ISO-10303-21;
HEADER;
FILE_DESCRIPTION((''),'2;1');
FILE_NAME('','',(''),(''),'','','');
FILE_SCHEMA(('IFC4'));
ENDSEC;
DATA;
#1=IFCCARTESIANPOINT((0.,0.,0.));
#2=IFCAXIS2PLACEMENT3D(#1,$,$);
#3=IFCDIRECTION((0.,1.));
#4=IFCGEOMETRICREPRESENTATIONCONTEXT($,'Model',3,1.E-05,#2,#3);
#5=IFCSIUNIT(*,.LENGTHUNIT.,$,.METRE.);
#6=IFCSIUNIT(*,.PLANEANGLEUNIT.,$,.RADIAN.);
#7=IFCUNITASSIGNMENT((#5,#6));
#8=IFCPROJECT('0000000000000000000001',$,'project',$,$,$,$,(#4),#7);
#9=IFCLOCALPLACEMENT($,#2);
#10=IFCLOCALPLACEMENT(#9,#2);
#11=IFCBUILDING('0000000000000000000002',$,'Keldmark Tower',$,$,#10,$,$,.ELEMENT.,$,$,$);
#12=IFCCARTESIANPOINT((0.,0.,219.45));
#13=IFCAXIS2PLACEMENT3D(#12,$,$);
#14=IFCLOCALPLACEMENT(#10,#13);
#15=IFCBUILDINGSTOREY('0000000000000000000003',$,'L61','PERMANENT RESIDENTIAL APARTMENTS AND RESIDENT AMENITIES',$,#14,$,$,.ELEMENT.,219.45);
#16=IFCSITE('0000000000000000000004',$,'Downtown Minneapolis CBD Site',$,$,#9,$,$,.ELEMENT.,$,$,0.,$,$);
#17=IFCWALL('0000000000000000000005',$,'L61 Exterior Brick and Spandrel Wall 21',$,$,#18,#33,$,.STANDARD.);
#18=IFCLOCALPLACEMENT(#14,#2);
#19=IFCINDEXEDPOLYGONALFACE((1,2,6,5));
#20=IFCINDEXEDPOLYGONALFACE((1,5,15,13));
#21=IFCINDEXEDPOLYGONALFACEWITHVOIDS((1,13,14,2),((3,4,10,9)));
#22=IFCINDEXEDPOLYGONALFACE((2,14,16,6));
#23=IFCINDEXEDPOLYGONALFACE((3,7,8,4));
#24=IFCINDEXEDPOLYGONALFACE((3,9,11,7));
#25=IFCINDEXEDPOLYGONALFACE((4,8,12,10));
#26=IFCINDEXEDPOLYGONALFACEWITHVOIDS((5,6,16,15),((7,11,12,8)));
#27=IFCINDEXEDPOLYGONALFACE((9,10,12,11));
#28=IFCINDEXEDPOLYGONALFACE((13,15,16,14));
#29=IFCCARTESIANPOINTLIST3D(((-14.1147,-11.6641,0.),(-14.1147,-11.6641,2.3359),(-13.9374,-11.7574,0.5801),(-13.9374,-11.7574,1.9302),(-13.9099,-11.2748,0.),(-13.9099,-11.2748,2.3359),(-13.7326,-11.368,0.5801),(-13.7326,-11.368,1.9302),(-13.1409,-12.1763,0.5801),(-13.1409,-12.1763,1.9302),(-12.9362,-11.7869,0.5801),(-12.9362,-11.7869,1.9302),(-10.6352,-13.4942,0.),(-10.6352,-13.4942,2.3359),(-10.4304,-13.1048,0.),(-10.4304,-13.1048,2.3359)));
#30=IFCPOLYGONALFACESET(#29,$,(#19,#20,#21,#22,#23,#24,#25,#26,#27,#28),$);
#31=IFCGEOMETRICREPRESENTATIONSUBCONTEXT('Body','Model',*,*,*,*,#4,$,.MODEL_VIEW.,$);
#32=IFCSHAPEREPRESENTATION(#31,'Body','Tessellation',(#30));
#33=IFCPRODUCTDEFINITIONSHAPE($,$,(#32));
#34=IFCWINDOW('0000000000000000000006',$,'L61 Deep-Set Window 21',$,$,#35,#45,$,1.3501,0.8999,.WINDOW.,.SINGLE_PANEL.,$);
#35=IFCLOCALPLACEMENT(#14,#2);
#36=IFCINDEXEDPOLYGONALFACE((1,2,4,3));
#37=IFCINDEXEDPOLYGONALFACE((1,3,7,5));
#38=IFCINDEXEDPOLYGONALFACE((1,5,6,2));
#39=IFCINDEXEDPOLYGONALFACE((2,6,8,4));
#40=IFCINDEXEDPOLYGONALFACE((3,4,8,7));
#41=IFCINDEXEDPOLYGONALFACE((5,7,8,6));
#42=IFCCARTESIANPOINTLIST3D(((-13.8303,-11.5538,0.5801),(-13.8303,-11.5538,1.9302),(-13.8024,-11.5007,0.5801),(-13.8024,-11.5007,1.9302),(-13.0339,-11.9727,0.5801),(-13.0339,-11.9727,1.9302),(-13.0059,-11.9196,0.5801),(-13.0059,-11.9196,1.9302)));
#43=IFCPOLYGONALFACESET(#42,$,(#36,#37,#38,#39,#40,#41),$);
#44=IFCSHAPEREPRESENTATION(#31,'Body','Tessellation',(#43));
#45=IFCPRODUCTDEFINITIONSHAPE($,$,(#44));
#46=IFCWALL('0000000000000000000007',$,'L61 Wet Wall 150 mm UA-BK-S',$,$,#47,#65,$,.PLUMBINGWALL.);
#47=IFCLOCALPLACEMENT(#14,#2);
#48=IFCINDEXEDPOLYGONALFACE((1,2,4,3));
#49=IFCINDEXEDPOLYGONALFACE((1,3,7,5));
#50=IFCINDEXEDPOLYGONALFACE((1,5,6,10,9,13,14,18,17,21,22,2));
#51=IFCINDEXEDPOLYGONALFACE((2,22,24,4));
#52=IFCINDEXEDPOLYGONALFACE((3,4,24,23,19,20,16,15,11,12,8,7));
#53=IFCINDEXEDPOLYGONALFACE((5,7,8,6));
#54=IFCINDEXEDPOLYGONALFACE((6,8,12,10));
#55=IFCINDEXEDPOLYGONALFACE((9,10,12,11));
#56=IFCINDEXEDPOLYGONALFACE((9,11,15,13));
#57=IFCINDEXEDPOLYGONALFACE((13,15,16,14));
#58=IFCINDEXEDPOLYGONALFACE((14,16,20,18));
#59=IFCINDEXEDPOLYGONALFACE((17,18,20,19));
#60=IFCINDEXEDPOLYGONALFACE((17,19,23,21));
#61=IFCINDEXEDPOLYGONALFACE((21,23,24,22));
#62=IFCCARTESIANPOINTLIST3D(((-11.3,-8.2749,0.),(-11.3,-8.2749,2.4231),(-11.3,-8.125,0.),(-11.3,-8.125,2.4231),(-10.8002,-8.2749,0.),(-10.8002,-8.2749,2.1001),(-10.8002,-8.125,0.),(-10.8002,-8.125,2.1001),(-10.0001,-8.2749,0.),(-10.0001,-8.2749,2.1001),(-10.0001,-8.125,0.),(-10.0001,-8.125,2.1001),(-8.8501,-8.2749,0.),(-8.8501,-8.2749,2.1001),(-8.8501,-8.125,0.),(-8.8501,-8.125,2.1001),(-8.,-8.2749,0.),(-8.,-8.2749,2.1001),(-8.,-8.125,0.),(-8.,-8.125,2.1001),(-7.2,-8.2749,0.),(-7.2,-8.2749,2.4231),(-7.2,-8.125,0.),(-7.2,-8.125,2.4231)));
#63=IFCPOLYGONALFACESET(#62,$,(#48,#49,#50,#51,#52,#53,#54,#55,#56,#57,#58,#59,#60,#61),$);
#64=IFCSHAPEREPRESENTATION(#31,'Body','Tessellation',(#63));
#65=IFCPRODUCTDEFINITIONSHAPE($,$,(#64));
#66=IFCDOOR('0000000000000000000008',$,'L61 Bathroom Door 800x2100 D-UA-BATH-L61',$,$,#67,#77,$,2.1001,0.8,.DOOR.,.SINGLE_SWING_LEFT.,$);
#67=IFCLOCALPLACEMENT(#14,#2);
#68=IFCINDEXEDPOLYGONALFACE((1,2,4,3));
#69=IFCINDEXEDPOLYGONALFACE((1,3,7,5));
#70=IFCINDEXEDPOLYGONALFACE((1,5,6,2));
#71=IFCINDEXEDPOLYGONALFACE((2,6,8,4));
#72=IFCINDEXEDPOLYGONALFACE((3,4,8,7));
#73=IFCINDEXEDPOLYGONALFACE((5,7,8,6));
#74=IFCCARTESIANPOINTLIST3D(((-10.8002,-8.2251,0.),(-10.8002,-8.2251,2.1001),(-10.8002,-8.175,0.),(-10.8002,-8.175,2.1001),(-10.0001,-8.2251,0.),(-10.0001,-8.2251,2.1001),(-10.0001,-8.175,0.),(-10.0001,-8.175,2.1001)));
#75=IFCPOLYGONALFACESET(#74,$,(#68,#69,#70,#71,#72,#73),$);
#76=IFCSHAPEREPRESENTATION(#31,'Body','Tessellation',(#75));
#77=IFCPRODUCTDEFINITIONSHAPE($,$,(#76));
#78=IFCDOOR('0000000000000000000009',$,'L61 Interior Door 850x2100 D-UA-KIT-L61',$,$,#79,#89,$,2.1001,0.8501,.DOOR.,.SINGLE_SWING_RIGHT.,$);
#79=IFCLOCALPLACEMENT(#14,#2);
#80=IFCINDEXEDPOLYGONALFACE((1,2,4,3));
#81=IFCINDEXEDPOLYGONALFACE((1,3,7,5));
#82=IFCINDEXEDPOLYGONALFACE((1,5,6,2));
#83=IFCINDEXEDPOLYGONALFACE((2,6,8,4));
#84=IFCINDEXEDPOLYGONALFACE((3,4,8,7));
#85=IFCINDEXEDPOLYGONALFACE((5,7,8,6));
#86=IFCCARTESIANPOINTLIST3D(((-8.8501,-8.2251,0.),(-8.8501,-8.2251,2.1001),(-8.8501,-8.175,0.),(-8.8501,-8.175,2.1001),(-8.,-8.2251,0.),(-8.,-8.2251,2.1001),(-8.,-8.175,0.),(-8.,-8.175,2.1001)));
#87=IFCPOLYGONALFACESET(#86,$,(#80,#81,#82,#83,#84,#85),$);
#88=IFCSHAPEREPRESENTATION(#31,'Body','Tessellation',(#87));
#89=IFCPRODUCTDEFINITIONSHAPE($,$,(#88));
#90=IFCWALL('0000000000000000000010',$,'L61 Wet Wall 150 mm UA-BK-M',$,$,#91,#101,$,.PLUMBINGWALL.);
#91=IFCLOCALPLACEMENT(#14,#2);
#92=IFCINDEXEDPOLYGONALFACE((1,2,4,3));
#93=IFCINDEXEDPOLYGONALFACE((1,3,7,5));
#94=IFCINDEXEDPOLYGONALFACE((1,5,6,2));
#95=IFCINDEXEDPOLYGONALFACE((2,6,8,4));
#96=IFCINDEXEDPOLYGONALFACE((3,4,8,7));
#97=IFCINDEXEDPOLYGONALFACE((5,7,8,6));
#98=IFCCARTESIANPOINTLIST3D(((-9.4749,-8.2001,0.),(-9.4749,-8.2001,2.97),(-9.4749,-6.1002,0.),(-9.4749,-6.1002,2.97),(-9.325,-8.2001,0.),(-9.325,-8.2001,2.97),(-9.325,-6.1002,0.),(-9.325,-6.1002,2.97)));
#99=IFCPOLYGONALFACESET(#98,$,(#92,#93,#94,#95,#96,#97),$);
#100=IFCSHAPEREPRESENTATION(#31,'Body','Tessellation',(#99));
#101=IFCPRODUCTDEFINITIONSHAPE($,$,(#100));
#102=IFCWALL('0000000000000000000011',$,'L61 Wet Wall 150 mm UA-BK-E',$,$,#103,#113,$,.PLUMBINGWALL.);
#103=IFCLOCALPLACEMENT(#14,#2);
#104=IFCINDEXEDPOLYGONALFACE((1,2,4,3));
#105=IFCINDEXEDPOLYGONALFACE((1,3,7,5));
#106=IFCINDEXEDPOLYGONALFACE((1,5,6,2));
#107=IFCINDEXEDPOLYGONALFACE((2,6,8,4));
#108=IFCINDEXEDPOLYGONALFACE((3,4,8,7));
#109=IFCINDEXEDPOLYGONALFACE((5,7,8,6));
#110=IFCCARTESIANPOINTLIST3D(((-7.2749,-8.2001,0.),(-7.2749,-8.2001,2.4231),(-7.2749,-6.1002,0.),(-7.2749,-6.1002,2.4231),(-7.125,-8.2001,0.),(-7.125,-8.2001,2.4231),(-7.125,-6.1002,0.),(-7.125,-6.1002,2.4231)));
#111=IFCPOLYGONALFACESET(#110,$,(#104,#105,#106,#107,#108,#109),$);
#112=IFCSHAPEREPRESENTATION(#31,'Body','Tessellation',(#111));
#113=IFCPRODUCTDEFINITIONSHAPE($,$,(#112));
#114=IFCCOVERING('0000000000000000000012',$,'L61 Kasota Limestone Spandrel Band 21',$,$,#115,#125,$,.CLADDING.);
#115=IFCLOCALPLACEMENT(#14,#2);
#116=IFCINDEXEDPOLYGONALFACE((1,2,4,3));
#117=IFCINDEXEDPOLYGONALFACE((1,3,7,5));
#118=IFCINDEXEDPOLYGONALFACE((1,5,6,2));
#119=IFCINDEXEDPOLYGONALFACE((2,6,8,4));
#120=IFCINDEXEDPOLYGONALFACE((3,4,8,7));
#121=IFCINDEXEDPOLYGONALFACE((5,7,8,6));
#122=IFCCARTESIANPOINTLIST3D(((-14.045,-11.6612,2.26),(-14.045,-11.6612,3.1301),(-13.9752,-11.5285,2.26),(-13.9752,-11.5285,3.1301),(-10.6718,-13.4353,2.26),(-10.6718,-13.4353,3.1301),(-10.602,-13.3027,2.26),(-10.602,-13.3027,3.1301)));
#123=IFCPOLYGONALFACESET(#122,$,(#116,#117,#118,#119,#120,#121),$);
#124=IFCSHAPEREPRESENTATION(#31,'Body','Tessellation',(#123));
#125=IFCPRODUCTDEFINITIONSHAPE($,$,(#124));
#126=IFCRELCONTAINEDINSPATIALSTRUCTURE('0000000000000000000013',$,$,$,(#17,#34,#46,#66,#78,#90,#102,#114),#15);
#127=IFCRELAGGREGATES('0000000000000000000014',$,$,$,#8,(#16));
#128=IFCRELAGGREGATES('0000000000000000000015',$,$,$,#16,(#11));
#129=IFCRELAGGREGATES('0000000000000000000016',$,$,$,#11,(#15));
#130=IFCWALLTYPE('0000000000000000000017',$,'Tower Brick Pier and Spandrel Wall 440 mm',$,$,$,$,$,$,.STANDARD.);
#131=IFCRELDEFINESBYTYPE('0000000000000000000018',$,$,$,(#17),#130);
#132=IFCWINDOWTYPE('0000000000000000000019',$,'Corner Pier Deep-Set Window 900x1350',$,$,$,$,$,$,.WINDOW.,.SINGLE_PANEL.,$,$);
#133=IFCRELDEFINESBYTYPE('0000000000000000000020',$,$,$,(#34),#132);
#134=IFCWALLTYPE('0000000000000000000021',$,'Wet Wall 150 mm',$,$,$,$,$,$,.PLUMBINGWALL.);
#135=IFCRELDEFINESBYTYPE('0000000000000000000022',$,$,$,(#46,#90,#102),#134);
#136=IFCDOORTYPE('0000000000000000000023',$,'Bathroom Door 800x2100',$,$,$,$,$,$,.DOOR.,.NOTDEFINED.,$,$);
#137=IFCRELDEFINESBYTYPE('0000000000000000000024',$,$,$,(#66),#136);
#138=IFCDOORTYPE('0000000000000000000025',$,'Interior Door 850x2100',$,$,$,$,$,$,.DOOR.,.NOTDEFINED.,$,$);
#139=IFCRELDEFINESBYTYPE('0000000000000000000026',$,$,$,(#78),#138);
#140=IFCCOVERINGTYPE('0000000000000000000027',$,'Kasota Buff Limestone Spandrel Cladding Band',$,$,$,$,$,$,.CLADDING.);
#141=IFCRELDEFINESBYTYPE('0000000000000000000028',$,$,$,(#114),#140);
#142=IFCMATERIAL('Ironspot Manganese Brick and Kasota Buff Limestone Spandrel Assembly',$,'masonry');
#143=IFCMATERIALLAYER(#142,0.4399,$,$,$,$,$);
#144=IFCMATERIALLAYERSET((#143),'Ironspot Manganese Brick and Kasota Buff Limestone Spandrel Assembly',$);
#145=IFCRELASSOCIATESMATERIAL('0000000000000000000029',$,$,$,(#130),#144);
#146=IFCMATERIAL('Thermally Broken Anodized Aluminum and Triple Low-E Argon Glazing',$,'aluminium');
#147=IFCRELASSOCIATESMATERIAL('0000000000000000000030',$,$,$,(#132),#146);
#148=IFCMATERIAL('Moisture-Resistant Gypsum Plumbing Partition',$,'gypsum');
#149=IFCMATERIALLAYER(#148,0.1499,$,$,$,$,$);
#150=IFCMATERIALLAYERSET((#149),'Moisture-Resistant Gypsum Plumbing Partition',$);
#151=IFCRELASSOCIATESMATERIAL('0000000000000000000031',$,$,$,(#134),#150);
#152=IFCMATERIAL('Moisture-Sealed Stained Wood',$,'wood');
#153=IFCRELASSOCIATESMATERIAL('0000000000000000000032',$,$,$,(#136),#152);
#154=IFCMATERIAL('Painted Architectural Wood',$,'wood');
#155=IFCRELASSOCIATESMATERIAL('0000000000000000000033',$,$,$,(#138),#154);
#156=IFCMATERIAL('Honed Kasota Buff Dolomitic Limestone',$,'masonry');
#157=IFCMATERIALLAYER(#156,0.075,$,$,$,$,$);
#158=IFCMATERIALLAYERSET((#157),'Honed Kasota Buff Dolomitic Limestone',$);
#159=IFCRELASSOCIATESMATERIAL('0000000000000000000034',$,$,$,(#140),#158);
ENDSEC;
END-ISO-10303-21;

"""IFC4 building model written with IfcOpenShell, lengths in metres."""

from ifc_helpers import new_model, si_unit, direction, frame, frame_2d, origin, origin_2d, place, context, subcontext, project, spatial, rectangle, extrude, material, layer, layer_set, type_object, element, fill, save


model = new_model("IFC4")

# Units and contexts
model_context = context("Model", 3, precision=1e-05, world=origin(), true_north=direction((0.0, 1.0)))
body_context = subcontext(model_context, "Body", "Model", "MODEL_VIEW")
ifc_project = project(units=[si_unit("LENGTHUNIT", "METRE"), si_unit("PLANEANGLEUNIT", "RADIAN")], contexts=[model_context])

# Site, building, storey
site_placement = place(None, origin())
site = spatial("IfcSite", under=ifc_project, at=site_placement, Name="Downtown Minneapolis CBD Site", CompositionType="ELEMENT", RefElevation=0.0)
building_placement = place(site_placement, origin())
building = spatial("IfcBuilding", under=site, at=building_placement, Name="Keldmark Tower", CompositionType="ELEMENT")
storey_placement = place(building_placement, frame((0.0, 0.0, 219.45)))
storey = spatial("IfcBuildingStorey", under=building, at=storey_placement, Name="L61", Description="PERMANENT RESIDENTIAL APARTMENTS AND RESIDENT AMENITIES", CompositionType="ELEMENT", Elevation=219.45)

# Wall, opening, window
ifc_material_1 = material(Name="Ironspot Manganese Brick and Kasota Buff Limestone Spandrel Assembly", Category="masonry")
ifc_layer_1 = layer(ifc_material_1, 0.4399)
ifc_layer_set_1 = layer_set([ifc_layer_1], Name="Ironspot Manganese Brick and Kasota Buff Limestone Spandrel Assembly")
wall_type_1 = type_object("IfcWallType", Name="Tower Brick Pier and Spandrel Wall 440 mm", PredefinedType="STANDARD", material=ifc_layer_set_1)
wall_1_placement = place(storey_placement, frame((-10.5327, -13.2996, 0.0), z_axis=(0.0, 0.0, 1.0), x_axis=(-0.885048, 0.465501, 0.0)))
wall_1 = element("IfcWall", 1, at=wall_1_placement, inside=storey, type_object=wall_type_1, Name="L61 Exterior Brick and Spandrel Wall 21", PredefinedType="STANDARD", context=body_context, shape_type="SweptSolid", body=[
    extrude(rectangle(XDim=3.9314, YDim=0.4399, at=frame_2d((1.9658, 0.0))), origin(), (0.0, 0.0, 1.0), 2.3359),
])
opening_1_placement = place(wall_1_placement, frame((2.8313, 0.0, 0.5801)))
opening_1 = element("IfcOpeningElement", 2, at=opening_1_placement, cuts=wall_1, PredefinedType="OPENING", context=body_context, shape_type="SweptSolid", body=[
    extrude(rectangle(XDim=0.8999, YDim=1.3501, at=frame_2d((0.45, 0.675))), frame((0.0, 0.23, 0.0), z_axis=(0.0, -1.0, 0.0), x_axis=(1.0, 0.0, 0.0)), (0.0, 0.0, 1.0), 0.46),
])
ifc_material_2 = material(Name="Thermally Broken Anodized Aluminum and Triple Low-E Argon Glazing", Category="aluminium")
window_type = type_object("IfcWindowType", Name="Corner Pier Deep-Set Window 900x1350", PartitioningType="SINGLE_PANEL", PredefinedType="WINDOW", material=ifc_material_2)
window_placement = place(opening_1_placement, origin())
window = element("IfcWindow", 3, at=window_placement, inside=storey, type_object=window_type, Name="L61 Deep-Set Window 21", OverallHeight=1.3501, OverallWidth=0.8999, PartitioningType="SINGLE_PANEL", PredefinedType="WINDOW", context=body_context, shape_type="SweptSolid", body=[
    extrude(rectangle(XDim=0.8999, YDim=1.3501, at=frame_2d((0.45, 0.675))), frame((0.0, -0.01, 0.0), z_axis=(0.0, -1.0, 0.0), x_axis=(1.0, 0.0, 0.0)), (0.0, 0.0, 1.0), 0.0601),
])
fill(opening_1, window)

# Wall, openings, doors
ifc_material_3 = material(Name="Moisture-Resistant Gypsum Plumbing Partition", Category="gypsum")
ifc_layer_2 = layer(ifc_material_3, 0.1499)
ifc_layer_set_2 = layer_set([ifc_layer_2], Name="Moisture-Resistant Gypsum Plumbing Partition")
wall_type_2 = type_object("IfcWallType", Name="Wet Wall 150 mm", PredefinedType="PLUMBINGWALL", material=ifc_layer_set_2)
wall_2_placement = place(storey_placement, frame((-11.3, -8.2, 0.0), z_axis=(0.0, 0.0, 1.0), x_axis=(1.0, 0.0, 0.0)))
wall_2 = element("IfcWall", 4, at=wall_2_placement, inside=storey, type_object=wall_type_2, Name="L61 Wet Wall 150 mm UA-BK-S", PredefinedType="PLUMBINGWALL", context=body_context, shape_type="SweptSolid", body=[
    extrude(rectangle(XDim=4.1001, YDim=0.1499, at=frame_2d((2.05, 0.0))), origin(), (0.0, 0.0, 1.0), 2.4231),
])
opening_2_placement = place(wall_2_placement, frame((0.5, 0.0, 0.0)))
opening_2 = element("IfcOpeningElement", 5, at=opening_2_placement, cuts=wall_2, PredefinedType="OPENING", context=body_context, shape_type="SweptSolid", body=[
    extrude(rectangle(XDim=0.8, YDim=2.1001, at=frame_2d((0.3999, 1.05))), frame((0.0, 0.085, 0.0), z_axis=(0.0, -1.0, 0.0), x_axis=(1.0, 0.0, 0.0)), (0.0, 0.0, 1.0), 0.1699),
])
opening_3_placement = place(wall_2_placement, frame((2.45, 0.0, 0.0)))
opening_3 = element("IfcOpeningElement", 6, at=opening_3_placement, cuts=wall_2, PredefinedType="OPENING", context=body_context, shape_type="SweptSolid", body=[
    extrude(rectangle(XDim=0.8501, YDim=2.1001, at=frame_2d((0.425, 1.05))), frame((0.0, 0.085, 0.0), z_axis=(0.0, -1.0, 0.0), x_axis=(1.0, 0.0, 0.0)), (0.0, 0.0, 1.0), 0.1699),
])
ifc_material_4 = material(Name="Moisture-Sealed Stained Wood", Category="wood")
door_type_1 = type_object("IfcDoorType", Name="Bathroom Door 800x2100", OperationType="NOTDEFINED", PredefinedType="DOOR", material=ifc_material_4)
door_1_placement = place(opening_2_placement, origin())
door_1 = element("IfcDoor", 7, at=door_1_placement, inside=storey, type_object=door_type_1, Name="L61 Bathroom Door 800x2100 D-UA-BATH-L61", OperationType="SINGLE_SWING_LEFT", OverallHeight=2.1001, OverallWidth=0.8, PredefinedType="DOOR", context=body_context, shape_type="SweptSolid", body=[
    extrude(rectangle(XDim=0.8, YDim=2.1001, at=frame_2d((0.3999, 1.05))), frame((0.0, 0.0249, 0.0), z_axis=(0.0, -1.0, 0.0), x_axis=(1.0, 0.0, 0.0)), (0.0, 0.0, 1.0), 0.05),
])
fill(opening_2, door_1)
ifc_material_5 = material(Name="Painted Architectural Wood", Category="wood")
door_type_2 = type_object("IfcDoorType", Name="Interior Door 850x2100", OperationType="NOTDEFINED", PredefinedType="DOOR", material=ifc_material_5)
door_2_placement = place(opening_3_placement, origin())
door_2 = element("IfcDoor", 8, at=door_2_placement, inside=storey, type_object=door_type_2, Name="L61 Interior Door 850x2100 D-UA-KIT-L61", OperationType="SINGLE_SWING_RIGHT", OverallHeight=2.1001, OverallWidth=0.8501, PredefinedType="DOOR", context=body_context, shape_type="SweptSolid", body=[
    extrude(rectangle(XDim=0.8501, YDim=2.1001, at=frame_2d((0.425, 1.05))), frame((0.0, 0.0249, 0.0), z_axis=(0.0, -1.0, 0.0), x_axis=(1.0, 0.0, 0.0)), (0.0, 0.0, 1.0), 0.05),
])
fill(opening_3, door_2)

# Walls
wall_3_placement = place(storey_placement, frame((-9.3999, -8.2, 0.0), z_axis=(0.0, 0.0, 1.0), x_axis=(0.0, 1.0, 0.0)))
element("IfcWall", 9, at=wall_3_placement, inside=storey, type_object=wall_type_2, Name="L61 Wet Wall 150 mm UA-BK-M", PredefinedType="PLUMBINGWALL", context=body_context, shape_type="SweptSolid", body=[
    extrude(rectangle(XDim=2.0999, YDim=0.1499, at=frame_2d((1.0498, 0.0))), origin(), (0.0, 0.0, 1.0), 2.97),
])
wall_4_placement = place(storey_placement, frame((-7.2, -8.2, 0.0), z_axis=(0.0, 0.0, 1.0), x_axis=(0.0, 1.0, 0.0)))
element("IfcWall", 10, at=wall_4_placement, inside=storey, type_object=wall_type_2, Name="L61 Wet Wall 150 mm UA-BK-E", PredefinedType="PLUMBINGWALL", context=body_context, shape_type="SweptSolid", body=[
    extrude(rectangle(XDim=2.0999, YDim=0.1499, at=frame_2d((1.0498, 0.0))), origin(), (0.0, 0.0, 1.0), 2.4231),
])

# Covering
ifc_material_6 = material(Name="Honed Kasota Buff Dolomitic Limestone", Category="masonry")
ifc_layer_3 = layer(ifc_material_6, 0.075)
ifc_layer_set_3 = layer_set([ifc_layer_3], Name="Honed Kasota Buff Dolomitic Limestone")
covering_type = type_object("IfcCoveringType", Name="Kasota Buff Limestone Spandrel Cladding Band", PredefinedType="CLADDING", material=ifc_layer_set_3)
covering_placement = place(storey_placement, frame((-12.3235, -12.4819, 2.26), z_axis=(0.0, 0.0, 1.0), x_axis=(0.885053, -0.465491, 0.0)))
element("IfcCovering", 11, at=covering_placement, inside=storey, type_object=covering_type, Name="L61 Kasota Limestone Spandrel Band 21", PredefinedType="CLADDING", context=body_context, shape_type="SweptSolid", body=[
    extrude(rectangle(XDim=3.8113, YDim=0.1499, at=origin_2d()), origin(), (0.0, 0.0, 1.0), 0.8701),
])

save(model, "model.ifc")
